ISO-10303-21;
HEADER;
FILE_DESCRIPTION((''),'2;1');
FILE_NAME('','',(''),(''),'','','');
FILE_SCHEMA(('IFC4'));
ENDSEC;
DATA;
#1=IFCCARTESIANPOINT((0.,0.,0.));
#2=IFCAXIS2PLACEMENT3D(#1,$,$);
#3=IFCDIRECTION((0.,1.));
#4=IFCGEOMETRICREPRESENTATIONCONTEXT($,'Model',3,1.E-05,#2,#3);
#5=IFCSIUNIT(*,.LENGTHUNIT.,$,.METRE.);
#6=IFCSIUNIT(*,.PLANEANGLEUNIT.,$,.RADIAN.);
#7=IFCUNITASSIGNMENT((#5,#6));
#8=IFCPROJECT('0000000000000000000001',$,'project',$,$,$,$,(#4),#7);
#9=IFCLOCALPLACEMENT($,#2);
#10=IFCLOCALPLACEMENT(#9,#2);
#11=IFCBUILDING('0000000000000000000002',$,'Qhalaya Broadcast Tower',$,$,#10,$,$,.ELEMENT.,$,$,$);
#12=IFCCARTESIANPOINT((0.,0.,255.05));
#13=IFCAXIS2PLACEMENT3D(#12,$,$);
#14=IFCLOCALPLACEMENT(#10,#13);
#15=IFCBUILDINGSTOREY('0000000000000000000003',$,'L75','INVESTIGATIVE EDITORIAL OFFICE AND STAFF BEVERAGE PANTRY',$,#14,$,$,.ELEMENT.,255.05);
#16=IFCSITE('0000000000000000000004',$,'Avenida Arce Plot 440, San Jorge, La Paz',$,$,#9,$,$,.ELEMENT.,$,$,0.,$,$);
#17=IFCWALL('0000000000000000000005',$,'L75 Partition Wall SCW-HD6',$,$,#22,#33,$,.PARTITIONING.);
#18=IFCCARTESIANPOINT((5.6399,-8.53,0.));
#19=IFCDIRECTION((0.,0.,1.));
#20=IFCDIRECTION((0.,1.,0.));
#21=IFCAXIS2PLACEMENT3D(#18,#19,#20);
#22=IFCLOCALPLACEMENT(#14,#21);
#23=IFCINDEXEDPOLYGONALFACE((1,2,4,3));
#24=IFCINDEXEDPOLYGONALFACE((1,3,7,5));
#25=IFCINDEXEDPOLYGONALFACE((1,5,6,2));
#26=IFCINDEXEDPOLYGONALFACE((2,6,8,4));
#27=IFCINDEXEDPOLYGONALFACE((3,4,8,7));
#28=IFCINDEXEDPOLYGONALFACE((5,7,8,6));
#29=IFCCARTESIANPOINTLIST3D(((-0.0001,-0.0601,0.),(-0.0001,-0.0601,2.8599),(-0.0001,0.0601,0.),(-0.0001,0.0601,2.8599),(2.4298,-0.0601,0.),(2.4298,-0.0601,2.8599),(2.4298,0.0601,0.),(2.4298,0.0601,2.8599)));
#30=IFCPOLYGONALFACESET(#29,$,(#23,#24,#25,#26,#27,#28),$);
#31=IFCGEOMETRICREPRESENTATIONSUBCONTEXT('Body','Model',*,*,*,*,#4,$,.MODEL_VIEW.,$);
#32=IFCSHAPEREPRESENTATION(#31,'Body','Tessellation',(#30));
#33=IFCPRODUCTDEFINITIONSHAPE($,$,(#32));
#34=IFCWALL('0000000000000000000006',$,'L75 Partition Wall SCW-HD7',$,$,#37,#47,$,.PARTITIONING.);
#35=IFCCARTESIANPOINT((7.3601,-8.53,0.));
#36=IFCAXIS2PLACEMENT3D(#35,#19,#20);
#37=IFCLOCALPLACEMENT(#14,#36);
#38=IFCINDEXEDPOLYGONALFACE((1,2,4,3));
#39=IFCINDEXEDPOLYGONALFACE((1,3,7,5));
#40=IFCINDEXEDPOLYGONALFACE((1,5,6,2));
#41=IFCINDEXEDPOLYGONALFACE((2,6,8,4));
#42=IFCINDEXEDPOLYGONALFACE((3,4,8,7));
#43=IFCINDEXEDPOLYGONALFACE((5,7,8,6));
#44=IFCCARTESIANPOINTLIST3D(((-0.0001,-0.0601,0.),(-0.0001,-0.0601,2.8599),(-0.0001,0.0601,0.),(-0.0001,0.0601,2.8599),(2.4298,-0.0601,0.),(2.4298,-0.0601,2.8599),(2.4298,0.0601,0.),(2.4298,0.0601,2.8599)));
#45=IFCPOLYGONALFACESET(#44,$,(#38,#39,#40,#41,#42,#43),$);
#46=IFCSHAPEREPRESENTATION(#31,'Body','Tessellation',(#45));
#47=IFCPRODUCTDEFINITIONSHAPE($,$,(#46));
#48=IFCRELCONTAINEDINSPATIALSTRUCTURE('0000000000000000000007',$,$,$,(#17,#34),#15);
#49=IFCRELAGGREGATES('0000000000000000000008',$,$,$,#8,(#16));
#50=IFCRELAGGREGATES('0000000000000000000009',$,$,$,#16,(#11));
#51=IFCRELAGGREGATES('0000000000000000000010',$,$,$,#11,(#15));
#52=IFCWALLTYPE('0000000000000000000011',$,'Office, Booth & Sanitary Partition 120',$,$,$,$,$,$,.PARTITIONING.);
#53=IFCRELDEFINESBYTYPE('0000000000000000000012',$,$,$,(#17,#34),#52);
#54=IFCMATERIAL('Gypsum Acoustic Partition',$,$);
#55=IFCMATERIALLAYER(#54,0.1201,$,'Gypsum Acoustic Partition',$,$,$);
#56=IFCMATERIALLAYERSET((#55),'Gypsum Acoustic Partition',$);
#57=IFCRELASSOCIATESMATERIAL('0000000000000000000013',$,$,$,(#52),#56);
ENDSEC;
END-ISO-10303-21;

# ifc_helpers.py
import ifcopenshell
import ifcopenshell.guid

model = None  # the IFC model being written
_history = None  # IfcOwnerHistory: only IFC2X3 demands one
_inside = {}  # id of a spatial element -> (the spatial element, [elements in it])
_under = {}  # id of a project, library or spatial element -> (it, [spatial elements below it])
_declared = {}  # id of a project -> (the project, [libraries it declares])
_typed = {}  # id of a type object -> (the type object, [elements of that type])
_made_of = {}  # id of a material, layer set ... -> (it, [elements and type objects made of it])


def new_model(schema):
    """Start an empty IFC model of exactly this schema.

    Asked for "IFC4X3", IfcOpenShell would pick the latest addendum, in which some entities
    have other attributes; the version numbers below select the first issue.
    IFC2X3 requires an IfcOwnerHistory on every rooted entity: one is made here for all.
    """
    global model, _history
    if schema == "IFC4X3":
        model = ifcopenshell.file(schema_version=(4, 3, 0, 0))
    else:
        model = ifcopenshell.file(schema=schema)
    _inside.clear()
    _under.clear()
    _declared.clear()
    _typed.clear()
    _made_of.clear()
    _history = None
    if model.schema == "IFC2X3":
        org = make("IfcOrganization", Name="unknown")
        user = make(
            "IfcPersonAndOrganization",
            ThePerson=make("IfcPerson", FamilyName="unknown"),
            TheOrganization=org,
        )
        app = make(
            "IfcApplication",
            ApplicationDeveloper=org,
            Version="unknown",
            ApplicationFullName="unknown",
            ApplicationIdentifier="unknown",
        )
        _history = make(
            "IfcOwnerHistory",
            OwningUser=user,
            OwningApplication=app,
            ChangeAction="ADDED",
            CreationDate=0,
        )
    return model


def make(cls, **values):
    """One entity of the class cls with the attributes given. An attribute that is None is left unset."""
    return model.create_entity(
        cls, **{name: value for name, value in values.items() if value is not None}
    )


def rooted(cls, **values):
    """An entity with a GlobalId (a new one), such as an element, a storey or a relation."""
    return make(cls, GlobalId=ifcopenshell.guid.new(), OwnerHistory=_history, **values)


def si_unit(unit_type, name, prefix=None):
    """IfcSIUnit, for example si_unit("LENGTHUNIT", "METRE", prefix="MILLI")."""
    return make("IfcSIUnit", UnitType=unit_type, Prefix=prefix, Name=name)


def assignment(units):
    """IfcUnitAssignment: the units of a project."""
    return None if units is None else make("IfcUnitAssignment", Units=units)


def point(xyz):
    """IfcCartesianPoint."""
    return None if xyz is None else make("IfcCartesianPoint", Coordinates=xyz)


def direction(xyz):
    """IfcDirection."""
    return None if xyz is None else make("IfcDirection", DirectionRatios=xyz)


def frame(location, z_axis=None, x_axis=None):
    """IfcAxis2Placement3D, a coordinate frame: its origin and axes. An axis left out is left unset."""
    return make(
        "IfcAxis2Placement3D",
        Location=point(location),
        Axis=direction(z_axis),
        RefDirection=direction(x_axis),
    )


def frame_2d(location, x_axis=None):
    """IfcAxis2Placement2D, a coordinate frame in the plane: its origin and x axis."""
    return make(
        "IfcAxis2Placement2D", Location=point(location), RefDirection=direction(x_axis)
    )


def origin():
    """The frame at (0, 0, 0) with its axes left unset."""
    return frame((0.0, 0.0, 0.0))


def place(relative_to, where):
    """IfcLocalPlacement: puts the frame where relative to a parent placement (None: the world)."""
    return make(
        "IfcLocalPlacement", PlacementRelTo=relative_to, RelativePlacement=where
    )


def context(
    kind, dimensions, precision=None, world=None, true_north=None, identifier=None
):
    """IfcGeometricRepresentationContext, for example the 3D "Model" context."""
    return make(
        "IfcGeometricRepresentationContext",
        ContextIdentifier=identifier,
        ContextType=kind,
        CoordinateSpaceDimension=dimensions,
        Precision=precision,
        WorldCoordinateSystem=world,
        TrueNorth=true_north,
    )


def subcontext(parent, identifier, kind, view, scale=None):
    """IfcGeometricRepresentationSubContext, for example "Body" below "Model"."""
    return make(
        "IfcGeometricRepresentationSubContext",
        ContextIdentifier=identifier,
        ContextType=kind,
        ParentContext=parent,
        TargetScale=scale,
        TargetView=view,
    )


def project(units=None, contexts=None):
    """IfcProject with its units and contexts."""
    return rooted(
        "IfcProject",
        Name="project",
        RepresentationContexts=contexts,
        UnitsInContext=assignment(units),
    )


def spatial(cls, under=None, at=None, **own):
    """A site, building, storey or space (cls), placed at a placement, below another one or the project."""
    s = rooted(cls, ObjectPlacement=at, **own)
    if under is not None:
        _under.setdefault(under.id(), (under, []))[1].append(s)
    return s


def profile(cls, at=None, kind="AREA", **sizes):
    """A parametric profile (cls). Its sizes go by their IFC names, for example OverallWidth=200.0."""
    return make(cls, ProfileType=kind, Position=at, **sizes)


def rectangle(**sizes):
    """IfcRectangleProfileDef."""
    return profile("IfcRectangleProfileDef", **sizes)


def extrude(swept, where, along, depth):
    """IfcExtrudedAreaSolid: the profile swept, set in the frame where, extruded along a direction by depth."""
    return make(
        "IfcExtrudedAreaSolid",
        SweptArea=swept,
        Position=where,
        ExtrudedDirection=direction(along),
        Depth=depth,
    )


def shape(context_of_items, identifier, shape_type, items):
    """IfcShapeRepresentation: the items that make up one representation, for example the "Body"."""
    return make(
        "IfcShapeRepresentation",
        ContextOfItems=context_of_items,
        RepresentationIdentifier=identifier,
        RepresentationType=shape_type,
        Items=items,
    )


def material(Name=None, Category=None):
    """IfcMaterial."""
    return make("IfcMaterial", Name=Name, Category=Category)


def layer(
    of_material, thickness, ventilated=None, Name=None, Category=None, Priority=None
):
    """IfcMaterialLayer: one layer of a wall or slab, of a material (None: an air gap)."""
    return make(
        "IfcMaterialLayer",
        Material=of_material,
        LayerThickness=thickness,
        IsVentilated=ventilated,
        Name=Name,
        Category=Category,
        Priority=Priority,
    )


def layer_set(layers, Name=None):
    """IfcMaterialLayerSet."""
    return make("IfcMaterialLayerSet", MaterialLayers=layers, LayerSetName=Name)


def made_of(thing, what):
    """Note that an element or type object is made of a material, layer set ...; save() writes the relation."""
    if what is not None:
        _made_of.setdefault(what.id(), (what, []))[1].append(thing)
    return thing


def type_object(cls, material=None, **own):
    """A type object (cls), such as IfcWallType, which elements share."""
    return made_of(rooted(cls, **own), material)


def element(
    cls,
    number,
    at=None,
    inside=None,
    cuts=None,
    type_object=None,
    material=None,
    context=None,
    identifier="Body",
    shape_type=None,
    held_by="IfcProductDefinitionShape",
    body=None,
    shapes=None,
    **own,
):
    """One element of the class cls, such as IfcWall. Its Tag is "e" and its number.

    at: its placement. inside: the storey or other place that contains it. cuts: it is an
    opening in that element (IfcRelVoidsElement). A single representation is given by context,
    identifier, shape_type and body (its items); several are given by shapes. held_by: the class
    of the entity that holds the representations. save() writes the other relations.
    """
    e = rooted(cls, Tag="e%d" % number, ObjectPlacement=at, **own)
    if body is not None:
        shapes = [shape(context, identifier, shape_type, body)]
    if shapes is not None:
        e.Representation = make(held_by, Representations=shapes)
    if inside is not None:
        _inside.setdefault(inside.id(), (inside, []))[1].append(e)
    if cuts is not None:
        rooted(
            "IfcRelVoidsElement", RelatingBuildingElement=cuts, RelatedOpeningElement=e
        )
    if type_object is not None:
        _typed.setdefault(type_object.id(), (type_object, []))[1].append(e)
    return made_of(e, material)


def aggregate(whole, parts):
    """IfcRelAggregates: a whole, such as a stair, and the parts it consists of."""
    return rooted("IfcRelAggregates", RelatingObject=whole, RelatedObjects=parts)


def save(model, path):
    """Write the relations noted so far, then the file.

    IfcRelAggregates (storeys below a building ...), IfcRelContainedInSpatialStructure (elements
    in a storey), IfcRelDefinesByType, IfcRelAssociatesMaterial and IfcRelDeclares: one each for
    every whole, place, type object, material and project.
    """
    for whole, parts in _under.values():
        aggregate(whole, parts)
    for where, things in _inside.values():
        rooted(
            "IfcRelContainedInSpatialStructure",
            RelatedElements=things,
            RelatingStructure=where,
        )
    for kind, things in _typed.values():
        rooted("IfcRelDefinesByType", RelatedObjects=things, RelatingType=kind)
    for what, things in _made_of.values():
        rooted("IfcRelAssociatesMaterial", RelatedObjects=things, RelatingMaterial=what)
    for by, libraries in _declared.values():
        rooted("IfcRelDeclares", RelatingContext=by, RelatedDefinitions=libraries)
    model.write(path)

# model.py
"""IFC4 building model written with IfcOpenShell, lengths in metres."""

from ifc_helpers import new_model, si_unit, direction, frame, frame_2d, origin, place, context, subcontext, project, spatial, rectangle, extrude, material, layer, layer_set, type_object, element, save


model = new_model("IFC4")

# Units and contexts
model_context = context("Model", 3, precision=1e-05, world=origin(), true_north=direction((0.0, 1.0)))
body_context = subcontext(model_context, "Body", "Model", "MODEL_VIEW")
ifc_project = project(units=[si_unit("LENGTHUNIT", "METRE"), si_unit("PLANEANGLEUNIT", "RADIAN")], contexts=[model_context])

# Site, building, storey
site_placement = place(None, origin())
site = spatial("IfcSite", under=ifc_project, at=site_placement, Name="Avenida Arce Plot 440, San Jorge, La Paz", CompositionType="ELEMENT", RefElevation=0.0)
building_placement = place(site_placement, origin())
building = spatial("IfcBuilding", under=site, at=building_placement, Name="Qhalaya Broadcast Tower", CompositionType="ELEMENT")
storey_placement = place(building_placement, frame((0.0, 0.0, 255.05)))
storey = spatial("IfcBuildingStorey", under=building, at=storey_placement, Name="L75", Description="INVESTIGATIVE EDITORIAL OFFICE AND STAFF BEVERAGE PANTRY", CompositionType="ELEMENT", Elevation=255.05)

# Shared definitions
ifc_material_1 = material(Name="Gypsum Acoustic Partition")

# Walls
ifc_layer_1 = layer(ifc_material_1, 0.1201, Name="Gypsum Acoustic Partition")
ifc_layer_set_1 = layer_set([ifc_layer_1], Name="Gypsum Acoustic Partition")
wall_type_1 = type_object("IfcWallType", Name="Office, Booth & Sanitary Partition 120", PredefinedType="PARTITIONING", material=ifc_layer_set_1)
for number, where, z_axis, x_axis, name in (
    (1, (5.6399, -8.53, 0.0), (0.0, 0.0, 1.0), (0.0, 1.0, 0.0), "L75 Partition Wall SCW-HD6"),
    (2, (7.3601, -8.53, 0.0), (0.0, 0.0, 1.0), (0.0, 1.0, 0.0), "L75 Partition Wall SCW-HD7"),
):
    element("IfcWall", number, at=place(storey_placement, frame(where, z_axis=z_axis, x_axis=x_axis)), inside=storey, type_object=wall_type_1, Name=name, PredefinedType="PARTITIONING", context=body_context, shape_type="SweptSolid", body=[
        extrude(rectangle(XDim=2.4299, YDim=0.1201, at=frame_2d((1.2148, 0.0))), origin(), (0.0, 0.0, 1.0), 2.8599),
    ])

save(model, "model.ifc")
